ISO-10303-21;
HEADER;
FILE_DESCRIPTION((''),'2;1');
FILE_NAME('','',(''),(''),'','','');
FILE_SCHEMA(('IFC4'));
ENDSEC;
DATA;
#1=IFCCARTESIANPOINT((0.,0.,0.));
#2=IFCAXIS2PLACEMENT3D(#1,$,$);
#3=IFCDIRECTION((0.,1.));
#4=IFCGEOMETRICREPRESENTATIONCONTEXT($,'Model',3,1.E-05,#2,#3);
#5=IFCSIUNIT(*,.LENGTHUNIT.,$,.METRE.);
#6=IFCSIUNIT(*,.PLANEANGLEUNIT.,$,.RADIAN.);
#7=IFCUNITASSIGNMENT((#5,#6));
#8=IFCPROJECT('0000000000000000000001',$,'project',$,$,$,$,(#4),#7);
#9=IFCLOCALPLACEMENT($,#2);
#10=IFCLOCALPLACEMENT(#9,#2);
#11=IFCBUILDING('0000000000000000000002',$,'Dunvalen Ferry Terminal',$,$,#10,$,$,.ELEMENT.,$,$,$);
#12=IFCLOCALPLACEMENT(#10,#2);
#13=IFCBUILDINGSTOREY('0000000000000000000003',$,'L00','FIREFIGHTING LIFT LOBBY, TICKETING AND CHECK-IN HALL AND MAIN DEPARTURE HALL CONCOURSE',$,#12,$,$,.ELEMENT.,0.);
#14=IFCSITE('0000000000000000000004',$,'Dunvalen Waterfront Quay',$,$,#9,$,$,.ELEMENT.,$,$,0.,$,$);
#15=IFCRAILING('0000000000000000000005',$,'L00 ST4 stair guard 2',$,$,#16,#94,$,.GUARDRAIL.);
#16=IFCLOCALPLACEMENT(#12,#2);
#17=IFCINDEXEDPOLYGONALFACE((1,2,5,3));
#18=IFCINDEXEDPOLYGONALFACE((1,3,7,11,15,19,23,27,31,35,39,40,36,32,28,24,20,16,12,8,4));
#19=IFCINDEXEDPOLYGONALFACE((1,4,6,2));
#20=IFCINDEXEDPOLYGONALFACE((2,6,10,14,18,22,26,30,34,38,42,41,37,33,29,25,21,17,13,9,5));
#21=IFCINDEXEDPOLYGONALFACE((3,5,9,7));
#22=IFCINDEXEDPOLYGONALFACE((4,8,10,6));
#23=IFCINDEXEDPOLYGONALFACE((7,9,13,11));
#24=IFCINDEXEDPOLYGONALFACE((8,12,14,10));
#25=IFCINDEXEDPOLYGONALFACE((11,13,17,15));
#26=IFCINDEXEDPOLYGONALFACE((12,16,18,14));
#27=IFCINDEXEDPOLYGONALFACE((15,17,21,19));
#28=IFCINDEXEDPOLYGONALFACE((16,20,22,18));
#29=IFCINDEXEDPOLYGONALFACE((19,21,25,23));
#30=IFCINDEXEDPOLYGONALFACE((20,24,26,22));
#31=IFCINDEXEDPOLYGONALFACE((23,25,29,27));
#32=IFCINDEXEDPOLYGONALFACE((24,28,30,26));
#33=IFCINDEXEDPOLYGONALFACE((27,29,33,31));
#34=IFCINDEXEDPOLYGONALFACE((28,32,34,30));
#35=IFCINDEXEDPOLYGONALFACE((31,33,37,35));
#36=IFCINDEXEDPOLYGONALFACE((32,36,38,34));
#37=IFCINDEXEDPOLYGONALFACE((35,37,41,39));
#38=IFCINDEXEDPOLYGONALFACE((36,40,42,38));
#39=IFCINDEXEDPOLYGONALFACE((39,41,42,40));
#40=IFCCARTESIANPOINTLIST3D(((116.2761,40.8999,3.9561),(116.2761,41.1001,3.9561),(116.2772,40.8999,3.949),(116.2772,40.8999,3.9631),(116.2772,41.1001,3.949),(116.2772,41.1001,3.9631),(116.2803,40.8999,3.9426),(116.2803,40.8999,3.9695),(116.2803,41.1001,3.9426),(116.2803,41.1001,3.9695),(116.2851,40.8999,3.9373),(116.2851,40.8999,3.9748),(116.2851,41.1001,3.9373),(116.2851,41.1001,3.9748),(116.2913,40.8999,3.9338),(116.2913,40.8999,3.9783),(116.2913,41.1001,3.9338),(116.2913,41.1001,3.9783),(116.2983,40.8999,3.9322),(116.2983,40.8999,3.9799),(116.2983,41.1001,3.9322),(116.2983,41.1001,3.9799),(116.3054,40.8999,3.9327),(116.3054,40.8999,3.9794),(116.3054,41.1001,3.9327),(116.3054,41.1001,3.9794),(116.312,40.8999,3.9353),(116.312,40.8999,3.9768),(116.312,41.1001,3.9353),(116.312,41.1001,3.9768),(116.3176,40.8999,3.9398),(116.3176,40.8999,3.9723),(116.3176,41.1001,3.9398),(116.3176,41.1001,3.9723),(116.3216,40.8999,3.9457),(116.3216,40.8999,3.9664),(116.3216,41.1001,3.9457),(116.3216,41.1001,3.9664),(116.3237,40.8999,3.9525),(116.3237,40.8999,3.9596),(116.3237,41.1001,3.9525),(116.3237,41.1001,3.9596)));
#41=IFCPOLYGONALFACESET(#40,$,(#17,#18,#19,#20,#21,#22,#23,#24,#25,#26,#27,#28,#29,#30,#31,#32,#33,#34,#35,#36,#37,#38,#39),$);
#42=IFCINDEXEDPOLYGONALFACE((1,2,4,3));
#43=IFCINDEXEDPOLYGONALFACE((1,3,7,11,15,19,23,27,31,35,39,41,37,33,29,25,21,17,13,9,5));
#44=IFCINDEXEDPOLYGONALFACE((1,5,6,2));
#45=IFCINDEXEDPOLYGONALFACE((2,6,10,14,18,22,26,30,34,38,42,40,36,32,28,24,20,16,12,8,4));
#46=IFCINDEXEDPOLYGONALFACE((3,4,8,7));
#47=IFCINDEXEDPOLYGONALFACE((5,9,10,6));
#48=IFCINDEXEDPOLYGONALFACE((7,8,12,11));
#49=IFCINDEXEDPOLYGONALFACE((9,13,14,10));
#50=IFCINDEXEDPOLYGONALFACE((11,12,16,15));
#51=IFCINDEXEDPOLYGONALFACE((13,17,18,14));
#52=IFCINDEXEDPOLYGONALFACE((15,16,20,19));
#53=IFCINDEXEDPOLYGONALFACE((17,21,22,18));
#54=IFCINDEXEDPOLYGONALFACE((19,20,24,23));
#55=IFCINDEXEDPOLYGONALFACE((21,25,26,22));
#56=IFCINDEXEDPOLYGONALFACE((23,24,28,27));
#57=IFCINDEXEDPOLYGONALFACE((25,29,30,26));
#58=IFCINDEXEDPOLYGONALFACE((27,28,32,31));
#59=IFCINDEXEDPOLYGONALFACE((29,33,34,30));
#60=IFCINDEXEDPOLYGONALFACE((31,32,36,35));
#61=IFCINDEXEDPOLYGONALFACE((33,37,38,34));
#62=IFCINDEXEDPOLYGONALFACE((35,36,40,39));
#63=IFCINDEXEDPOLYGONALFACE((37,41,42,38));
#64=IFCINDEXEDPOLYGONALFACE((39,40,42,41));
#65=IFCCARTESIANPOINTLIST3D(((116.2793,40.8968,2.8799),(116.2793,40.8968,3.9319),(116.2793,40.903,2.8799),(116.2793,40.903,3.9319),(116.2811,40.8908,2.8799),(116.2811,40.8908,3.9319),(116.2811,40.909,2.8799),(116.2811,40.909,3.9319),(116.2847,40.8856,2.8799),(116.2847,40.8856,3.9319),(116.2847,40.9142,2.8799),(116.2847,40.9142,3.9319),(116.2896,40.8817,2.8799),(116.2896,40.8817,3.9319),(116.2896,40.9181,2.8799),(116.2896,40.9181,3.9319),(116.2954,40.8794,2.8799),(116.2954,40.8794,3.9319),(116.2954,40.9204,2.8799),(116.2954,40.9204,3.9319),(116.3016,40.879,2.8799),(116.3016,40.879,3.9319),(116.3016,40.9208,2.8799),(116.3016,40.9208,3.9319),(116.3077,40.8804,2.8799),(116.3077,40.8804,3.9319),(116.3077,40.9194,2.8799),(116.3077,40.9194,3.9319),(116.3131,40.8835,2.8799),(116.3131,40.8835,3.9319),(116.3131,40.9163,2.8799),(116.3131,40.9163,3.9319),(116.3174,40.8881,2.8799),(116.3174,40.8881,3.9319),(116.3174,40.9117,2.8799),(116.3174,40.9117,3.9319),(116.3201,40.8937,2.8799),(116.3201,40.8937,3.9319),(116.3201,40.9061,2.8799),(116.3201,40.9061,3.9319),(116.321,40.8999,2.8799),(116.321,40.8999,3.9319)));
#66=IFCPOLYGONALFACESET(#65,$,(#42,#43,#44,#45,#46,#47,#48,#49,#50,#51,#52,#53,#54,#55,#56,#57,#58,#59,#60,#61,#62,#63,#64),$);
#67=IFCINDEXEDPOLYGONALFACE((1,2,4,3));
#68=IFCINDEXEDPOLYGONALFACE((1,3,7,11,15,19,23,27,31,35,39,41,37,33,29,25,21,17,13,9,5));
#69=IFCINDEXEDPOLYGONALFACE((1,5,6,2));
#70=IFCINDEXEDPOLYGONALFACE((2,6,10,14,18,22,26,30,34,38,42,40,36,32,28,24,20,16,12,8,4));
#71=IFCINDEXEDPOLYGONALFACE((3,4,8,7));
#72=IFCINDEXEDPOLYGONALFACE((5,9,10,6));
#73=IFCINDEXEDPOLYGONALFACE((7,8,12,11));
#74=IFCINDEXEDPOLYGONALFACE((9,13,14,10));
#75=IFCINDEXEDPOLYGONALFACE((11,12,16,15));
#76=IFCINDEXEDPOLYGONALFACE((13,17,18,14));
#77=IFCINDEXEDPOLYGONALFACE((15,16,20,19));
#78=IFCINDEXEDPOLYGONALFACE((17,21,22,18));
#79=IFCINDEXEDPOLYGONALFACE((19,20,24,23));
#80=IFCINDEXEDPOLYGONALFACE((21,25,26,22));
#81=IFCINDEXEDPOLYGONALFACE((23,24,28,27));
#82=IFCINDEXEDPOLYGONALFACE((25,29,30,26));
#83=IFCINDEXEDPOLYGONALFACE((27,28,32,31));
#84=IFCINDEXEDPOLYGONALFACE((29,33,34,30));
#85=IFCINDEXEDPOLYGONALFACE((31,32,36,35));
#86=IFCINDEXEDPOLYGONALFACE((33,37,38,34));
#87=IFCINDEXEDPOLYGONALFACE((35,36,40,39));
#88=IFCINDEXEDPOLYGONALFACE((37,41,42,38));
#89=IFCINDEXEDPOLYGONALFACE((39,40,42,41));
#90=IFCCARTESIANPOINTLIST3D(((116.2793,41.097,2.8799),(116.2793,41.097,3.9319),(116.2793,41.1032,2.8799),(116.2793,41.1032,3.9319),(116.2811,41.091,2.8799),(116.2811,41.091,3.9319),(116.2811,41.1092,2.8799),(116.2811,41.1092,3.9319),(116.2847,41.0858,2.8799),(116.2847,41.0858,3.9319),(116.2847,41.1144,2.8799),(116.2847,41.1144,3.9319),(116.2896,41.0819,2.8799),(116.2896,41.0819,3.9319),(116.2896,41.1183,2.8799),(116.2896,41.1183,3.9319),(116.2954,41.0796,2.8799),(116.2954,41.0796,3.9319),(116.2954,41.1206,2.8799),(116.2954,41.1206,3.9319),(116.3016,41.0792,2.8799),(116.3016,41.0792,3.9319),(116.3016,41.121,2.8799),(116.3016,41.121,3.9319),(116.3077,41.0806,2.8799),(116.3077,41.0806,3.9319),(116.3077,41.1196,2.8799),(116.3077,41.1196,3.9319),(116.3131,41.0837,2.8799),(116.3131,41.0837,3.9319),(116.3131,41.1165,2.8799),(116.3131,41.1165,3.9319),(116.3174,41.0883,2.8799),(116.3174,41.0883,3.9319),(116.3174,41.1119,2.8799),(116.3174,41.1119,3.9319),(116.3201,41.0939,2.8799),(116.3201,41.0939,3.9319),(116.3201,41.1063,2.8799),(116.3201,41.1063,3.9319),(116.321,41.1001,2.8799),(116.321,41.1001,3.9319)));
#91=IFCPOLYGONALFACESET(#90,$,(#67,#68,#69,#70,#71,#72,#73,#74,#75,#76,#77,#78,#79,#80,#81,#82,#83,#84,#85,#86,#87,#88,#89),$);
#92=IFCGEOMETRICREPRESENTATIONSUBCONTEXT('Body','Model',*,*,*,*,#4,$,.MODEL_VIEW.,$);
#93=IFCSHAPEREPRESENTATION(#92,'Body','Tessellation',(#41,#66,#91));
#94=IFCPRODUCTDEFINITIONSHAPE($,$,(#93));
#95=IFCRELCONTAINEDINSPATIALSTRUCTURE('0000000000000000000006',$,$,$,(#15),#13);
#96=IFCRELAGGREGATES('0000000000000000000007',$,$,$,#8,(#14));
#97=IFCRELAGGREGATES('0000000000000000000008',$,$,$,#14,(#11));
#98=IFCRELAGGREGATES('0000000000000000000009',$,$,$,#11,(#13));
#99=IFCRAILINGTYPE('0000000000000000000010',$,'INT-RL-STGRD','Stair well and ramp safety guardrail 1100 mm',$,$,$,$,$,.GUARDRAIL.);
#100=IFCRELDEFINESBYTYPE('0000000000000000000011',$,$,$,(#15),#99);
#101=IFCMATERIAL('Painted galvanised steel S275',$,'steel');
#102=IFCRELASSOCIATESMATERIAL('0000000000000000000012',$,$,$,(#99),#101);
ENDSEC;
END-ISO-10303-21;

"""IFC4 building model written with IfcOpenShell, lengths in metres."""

from ifc_helpers import new_model, si_unit, direction, frame, origin, origin_2d, place, context, subcontext, project, spatial, circle, extrude, material, type_object, element, save


model = new_model("IFC4")

# Units and contexts
model_context = context("Model", 3, precision=1e-05, world=origin(), true_north=direction((0.0, 1.0)))
body_context = subcontext(model_context, "Body", "Model", "MODEL_VIEW")
ifc_project = project(units=[si_unit("LENGTHUNIT", "METRE"), si_unit("PLANEANGLEUNIT", "RADIAN")], contexts=[model_context])

# Site, building, storey
site_placement = place(None, origin())
site = spatial("IfcSite", under=ifc_project, at=site_placement, Name="Dunvalen Waterfront Quay", CompositionType="ELEMENT", RefElevation=0.0)
building_placement = place(site_placement, origin())
building = spatial("IfcBuilding", under=site, at=building_placement, Name="Dunvalen Ferry Terminal", CompositionType="ELEMENT")
storey_placement = place(building_placement, origin())
storey = spatial("IfcBuildingStorey", under=building, at=storey_placement, Name="L00", Description="FIREFIGHTING LIFT LOBBY, TICKETING AND CHECK-IN HALL AND MAIN DEPARTURE HALL CONCOURSE", CompositionType="ELEMENT", Elevation=0.0)

# Railing
ifc_material_1 = material(Name="Painted galvanised steel S275", Category="steel")
railing_type_1 = type_object("IfcRailingType", Name="INT-RL-STGRD", Description="Stair well and ramp safety guardrail 1100 mm", PredefinedType="GUARDRAIL", material=ifc_material_1)
railing_1_placement = place(storey_placement, frame((116.3, 40.8999, 2.8799)))
element("IfcRailing", 1, at=railing_1_placement, inside=storey, type_object=railing_type_1, Name="L00 ST4 stair guard 2", PredefinedType="GUARDRAIL", context=body_context, shape_type="SweptSolid", body=[
    extrude(circle(Radius=0.0239, at=origin_2d()), frame((0.0, 0.0, 1.0762), z_axis=(0.0, 1.0, 0.0), x_axis=(-1.0, 0.0, 0.0)), (0.0, 0.0, 1.0), 0.2002),
    extrude(circle(Radius=0.021, at=origin_2d()), origin(), (0.0, 0.0, 1.0), 1.052),
    extrude(circle(Radius=0.021, at=origin_2d()), frame((0.0, 0.2002, 0.0)), (0.0, 0.0, 1.0), 1.052),
])

save(model, "model.ifc")
